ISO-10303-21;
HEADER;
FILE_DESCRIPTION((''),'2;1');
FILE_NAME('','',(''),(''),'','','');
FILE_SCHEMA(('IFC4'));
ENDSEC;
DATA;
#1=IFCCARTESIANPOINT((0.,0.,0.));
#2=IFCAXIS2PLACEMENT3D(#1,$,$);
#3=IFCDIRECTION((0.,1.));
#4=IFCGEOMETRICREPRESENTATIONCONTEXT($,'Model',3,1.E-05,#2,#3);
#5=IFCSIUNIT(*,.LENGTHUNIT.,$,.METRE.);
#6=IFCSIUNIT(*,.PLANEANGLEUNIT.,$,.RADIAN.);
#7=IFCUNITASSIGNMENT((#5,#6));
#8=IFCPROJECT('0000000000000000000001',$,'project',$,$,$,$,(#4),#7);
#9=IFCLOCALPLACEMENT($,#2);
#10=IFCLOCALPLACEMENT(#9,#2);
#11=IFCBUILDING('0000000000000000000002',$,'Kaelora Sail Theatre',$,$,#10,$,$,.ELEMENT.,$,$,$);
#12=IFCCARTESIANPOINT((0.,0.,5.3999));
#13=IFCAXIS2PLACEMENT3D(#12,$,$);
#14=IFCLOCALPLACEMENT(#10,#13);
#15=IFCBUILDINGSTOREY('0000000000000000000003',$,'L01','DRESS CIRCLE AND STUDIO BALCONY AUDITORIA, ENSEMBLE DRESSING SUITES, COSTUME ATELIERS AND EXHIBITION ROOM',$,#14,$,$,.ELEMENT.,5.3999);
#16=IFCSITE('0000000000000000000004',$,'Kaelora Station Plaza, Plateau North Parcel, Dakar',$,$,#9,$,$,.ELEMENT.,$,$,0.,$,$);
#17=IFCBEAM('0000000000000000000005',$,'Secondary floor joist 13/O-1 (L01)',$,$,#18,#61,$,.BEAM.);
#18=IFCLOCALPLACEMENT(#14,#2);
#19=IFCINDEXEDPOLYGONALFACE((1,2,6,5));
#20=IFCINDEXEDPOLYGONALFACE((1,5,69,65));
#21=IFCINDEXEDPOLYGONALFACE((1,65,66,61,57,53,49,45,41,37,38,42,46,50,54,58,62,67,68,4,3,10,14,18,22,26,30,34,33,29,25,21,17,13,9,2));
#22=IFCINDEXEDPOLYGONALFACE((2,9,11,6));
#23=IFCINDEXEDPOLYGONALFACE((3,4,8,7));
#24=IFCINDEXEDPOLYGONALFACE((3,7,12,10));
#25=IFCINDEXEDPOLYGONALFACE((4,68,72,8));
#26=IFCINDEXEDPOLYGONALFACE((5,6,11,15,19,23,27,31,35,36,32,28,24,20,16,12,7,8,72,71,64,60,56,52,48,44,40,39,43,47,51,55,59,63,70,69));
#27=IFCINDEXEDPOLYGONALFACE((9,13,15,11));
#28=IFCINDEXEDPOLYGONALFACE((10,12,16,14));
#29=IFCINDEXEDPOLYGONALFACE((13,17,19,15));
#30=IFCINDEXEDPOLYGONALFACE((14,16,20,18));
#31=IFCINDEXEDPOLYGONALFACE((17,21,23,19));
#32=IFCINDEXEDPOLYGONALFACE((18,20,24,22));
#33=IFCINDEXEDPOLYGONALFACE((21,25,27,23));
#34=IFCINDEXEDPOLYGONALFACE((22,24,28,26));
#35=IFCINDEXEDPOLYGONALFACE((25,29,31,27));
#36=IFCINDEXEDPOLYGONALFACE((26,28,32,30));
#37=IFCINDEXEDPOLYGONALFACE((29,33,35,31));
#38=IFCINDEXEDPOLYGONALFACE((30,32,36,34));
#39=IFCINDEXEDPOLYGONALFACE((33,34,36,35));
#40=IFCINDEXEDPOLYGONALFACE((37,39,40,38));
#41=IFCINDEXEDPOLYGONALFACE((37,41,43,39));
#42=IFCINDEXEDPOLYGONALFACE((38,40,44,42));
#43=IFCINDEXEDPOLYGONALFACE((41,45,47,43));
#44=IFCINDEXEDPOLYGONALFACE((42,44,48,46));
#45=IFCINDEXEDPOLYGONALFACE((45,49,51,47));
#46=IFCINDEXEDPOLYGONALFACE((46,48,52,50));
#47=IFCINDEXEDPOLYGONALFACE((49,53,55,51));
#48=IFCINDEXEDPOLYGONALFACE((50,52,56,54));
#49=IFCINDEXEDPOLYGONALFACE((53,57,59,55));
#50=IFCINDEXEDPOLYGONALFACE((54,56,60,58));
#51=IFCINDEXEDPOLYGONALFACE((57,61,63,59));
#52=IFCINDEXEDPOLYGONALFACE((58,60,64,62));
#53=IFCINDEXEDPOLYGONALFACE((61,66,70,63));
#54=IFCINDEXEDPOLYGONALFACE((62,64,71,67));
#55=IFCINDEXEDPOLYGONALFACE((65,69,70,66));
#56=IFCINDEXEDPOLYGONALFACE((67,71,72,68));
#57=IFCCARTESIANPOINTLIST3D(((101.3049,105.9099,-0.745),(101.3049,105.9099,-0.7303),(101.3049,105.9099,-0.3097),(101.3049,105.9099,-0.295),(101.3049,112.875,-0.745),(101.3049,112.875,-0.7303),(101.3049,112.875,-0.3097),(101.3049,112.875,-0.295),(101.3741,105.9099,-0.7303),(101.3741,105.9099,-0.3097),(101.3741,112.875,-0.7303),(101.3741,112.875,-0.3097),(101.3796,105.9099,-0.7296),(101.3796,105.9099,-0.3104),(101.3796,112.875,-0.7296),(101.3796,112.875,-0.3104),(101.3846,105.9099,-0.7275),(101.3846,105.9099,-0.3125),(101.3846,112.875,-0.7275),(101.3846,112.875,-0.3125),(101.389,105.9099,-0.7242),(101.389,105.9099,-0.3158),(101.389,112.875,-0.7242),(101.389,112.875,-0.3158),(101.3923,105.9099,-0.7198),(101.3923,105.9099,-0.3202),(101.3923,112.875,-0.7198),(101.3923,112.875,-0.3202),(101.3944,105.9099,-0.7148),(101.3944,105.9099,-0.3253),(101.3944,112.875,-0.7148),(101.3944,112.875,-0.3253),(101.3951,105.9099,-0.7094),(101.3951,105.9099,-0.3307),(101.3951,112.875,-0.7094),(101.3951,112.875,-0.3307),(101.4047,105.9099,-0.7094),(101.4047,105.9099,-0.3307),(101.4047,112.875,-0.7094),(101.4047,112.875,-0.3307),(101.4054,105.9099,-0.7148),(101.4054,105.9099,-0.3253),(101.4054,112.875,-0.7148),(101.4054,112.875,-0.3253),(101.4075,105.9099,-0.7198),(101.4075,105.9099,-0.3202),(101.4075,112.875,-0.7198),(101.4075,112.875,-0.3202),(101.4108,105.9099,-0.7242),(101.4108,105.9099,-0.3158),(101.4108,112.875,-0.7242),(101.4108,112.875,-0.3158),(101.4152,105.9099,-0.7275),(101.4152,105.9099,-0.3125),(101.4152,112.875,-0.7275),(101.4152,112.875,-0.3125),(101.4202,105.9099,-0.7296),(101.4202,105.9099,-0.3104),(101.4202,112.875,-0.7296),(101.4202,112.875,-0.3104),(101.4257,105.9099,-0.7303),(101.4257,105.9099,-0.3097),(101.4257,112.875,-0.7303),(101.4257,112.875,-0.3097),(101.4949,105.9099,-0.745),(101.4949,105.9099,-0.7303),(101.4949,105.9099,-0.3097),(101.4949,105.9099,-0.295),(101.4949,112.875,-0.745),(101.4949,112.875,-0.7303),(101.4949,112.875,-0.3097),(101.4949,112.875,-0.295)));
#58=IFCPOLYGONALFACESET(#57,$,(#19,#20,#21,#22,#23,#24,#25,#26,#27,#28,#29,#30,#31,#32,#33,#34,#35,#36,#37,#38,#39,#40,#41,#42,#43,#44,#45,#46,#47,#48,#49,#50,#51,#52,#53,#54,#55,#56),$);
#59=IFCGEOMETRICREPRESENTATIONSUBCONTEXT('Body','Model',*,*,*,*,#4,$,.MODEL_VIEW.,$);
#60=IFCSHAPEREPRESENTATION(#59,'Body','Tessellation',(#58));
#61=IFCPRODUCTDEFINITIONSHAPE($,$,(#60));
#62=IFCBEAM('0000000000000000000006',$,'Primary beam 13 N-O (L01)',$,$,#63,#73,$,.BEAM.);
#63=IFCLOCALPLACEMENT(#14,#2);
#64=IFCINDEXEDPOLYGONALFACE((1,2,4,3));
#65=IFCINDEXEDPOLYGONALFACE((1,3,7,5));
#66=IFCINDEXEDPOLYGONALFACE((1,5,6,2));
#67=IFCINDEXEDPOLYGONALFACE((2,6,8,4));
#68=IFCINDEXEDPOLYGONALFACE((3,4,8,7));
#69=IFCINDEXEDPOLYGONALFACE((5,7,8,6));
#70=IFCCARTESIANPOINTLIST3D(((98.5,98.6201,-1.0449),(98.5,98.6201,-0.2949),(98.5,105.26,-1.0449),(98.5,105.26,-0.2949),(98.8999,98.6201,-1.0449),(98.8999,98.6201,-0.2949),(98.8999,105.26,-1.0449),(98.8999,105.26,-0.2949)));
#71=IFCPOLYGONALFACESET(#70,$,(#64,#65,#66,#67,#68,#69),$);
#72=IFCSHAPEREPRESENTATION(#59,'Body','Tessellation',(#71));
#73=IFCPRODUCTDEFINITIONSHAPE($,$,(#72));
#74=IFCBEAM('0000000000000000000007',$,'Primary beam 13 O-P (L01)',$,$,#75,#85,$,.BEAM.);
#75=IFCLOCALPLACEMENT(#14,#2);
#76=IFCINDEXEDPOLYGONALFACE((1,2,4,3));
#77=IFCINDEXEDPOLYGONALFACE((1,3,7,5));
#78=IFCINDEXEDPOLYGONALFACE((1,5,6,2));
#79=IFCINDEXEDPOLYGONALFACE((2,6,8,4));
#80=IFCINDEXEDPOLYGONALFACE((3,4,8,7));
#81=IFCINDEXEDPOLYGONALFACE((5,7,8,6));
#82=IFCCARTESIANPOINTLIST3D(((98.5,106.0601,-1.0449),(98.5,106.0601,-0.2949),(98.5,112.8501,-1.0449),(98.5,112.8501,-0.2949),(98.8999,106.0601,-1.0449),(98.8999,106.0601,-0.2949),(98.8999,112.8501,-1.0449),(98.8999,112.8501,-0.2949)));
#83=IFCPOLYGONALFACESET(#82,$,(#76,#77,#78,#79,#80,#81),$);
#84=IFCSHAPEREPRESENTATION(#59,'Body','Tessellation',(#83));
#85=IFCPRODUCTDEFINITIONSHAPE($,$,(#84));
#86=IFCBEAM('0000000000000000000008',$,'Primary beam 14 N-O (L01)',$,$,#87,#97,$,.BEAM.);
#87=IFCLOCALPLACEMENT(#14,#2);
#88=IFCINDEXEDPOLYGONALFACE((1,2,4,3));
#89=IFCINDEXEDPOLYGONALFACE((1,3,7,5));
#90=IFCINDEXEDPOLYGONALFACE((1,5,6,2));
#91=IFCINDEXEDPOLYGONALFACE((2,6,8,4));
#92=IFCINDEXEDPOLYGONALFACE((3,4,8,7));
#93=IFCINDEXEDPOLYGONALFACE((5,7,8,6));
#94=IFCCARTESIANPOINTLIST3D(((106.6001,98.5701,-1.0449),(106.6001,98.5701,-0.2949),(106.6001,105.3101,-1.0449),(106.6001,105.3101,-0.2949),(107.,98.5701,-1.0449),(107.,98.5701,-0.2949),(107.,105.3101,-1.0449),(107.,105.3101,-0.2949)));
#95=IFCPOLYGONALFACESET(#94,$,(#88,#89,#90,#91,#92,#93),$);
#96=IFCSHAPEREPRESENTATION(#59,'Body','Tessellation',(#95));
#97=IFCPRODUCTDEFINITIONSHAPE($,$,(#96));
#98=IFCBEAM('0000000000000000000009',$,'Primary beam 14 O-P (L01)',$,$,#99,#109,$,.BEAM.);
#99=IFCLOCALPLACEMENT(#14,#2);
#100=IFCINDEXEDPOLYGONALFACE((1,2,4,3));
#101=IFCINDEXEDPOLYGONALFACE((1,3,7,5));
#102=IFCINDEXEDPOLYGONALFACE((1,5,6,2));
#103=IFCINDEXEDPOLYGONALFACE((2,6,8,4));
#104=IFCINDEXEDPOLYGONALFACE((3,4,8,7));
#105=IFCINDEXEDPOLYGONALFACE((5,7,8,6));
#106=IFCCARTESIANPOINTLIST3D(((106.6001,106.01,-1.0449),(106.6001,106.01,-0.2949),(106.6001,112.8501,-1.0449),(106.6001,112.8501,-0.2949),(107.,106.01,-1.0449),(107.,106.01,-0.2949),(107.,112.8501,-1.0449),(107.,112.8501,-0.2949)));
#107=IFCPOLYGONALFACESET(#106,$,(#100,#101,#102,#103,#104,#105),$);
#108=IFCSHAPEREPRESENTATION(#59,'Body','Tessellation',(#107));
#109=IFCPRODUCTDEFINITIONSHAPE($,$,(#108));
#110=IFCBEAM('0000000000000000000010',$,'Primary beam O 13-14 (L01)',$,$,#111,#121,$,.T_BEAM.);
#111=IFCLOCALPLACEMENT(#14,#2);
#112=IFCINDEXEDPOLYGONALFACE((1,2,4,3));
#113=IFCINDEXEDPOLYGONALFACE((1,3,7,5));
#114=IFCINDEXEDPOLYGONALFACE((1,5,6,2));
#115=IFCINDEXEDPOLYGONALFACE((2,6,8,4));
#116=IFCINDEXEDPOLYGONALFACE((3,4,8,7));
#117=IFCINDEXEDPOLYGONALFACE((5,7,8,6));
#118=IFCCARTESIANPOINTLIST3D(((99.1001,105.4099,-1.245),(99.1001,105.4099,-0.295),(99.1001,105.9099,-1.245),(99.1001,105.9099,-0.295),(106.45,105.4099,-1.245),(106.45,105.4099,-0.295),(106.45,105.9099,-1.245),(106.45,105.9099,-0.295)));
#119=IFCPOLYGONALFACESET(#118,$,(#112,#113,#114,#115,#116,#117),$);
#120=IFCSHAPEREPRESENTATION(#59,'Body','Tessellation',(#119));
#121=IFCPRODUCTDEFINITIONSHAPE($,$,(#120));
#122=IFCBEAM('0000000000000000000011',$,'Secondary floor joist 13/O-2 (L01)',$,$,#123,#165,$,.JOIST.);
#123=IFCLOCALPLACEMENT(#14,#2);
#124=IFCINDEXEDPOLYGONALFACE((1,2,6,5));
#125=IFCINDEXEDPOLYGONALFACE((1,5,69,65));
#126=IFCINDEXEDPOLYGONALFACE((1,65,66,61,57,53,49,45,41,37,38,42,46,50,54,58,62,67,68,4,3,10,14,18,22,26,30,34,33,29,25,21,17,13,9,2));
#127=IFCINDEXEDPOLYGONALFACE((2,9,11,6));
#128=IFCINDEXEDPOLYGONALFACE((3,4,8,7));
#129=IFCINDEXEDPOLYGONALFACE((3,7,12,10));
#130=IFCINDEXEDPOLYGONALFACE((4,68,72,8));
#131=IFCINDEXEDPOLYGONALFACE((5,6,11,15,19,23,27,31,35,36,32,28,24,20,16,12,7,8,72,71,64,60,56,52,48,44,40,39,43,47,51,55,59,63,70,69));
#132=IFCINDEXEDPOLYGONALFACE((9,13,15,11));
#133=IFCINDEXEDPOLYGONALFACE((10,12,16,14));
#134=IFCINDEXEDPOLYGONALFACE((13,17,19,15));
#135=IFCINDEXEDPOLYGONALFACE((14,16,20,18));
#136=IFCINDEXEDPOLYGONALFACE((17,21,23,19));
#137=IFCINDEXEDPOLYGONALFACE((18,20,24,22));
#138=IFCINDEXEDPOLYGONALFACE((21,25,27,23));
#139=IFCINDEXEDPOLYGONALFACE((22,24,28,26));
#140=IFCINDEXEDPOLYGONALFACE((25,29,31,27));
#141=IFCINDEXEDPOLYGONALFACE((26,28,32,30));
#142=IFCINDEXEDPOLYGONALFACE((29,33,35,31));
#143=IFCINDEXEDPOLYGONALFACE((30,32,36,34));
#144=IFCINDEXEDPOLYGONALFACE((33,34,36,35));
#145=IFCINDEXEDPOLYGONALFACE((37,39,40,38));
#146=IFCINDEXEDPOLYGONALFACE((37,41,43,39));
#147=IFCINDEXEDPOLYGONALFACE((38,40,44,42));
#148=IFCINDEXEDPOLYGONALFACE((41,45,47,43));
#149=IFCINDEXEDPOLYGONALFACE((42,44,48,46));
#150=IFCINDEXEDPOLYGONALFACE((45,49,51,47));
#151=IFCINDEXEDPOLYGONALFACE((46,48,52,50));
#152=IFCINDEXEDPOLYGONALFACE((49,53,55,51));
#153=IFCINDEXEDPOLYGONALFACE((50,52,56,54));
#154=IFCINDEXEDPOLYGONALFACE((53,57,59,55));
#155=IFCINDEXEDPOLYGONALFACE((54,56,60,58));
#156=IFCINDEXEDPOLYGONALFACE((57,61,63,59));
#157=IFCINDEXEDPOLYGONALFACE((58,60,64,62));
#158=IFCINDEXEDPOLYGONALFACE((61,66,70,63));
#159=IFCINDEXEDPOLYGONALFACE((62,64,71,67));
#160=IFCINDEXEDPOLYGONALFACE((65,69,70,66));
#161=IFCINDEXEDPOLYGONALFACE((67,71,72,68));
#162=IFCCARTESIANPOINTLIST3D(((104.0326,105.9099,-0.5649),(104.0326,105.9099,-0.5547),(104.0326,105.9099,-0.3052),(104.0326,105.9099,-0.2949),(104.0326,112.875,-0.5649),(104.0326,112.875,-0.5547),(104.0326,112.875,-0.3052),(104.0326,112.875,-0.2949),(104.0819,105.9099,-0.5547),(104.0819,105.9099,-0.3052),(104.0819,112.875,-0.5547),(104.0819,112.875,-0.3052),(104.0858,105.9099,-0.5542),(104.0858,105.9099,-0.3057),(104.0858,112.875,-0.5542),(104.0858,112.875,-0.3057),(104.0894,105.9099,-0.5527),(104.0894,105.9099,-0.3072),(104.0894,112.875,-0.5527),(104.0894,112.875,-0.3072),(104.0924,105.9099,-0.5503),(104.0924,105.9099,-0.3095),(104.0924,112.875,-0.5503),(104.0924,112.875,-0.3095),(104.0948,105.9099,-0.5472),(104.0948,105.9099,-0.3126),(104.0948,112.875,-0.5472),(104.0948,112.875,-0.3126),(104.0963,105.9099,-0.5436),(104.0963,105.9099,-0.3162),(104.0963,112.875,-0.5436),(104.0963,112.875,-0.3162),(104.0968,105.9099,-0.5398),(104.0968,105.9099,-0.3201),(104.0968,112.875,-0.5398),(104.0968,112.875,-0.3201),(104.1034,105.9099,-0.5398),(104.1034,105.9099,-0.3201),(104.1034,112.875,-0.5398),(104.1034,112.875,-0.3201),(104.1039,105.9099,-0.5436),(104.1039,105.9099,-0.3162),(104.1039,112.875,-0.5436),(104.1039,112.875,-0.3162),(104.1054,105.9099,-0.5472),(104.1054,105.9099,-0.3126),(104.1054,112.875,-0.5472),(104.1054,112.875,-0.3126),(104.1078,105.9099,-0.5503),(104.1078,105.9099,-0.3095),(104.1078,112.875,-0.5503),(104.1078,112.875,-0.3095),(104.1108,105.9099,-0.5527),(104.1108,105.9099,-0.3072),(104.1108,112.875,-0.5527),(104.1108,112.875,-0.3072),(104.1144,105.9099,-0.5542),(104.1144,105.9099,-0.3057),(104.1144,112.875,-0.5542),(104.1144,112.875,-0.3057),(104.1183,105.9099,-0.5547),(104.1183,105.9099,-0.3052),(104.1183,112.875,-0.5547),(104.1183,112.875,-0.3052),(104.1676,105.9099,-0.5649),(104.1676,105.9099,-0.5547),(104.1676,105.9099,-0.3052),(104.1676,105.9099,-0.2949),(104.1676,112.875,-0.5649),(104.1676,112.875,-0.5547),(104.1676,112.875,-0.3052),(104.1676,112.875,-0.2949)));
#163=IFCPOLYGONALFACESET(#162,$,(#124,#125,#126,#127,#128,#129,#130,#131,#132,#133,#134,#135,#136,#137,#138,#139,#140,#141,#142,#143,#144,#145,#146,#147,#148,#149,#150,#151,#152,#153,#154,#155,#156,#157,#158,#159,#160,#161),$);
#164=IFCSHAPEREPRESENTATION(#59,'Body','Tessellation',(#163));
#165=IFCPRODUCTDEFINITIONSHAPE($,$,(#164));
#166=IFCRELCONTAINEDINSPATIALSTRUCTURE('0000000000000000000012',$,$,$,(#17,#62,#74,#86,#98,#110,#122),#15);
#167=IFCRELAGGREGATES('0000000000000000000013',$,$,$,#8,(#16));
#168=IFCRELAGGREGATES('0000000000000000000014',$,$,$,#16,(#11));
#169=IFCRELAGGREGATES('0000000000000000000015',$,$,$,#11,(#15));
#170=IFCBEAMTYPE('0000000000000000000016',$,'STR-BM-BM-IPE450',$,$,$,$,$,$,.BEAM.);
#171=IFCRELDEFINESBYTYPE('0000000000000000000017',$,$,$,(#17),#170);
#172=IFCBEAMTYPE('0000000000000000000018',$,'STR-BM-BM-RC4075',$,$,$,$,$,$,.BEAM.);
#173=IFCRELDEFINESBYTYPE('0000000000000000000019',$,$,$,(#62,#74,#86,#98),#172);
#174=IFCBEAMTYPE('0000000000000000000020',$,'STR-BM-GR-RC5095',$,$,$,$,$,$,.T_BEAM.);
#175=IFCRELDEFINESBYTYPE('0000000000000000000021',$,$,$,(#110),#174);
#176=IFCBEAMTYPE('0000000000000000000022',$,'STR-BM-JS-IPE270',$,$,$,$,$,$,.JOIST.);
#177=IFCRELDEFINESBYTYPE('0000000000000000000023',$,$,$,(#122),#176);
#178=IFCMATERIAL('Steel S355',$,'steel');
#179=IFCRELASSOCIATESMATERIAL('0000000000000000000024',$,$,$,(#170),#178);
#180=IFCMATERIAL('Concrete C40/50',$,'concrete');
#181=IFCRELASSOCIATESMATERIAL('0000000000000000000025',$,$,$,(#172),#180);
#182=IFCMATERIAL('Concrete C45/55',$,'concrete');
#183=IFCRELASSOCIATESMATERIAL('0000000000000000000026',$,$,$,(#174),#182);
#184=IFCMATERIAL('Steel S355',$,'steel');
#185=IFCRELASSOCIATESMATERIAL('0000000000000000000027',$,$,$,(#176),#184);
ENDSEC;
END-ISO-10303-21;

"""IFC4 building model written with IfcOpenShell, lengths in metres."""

from ifc_helpers import new_model, si_unit, direction, frame, origin, origin_2d, place, context, subcontext, project, spatial, rectangle, i_section, extrude, material, material_profile, profile_set, type_object, element, save


model = new_model("IFC4")

# Units and contexts
model_context = context("Model", 3, precision=1e-05, world=origin(), true_north=direction((0.0, 1.0)))
body_context = subcontext(model_context, "Body", "Model", "MODEL_VIEW")
ifc_project = project(units=[si_unit("LENGTHUNIT", "METRE"), si_unit("PLANEANGLEUNIT", "RADIAN")], contexts=[model_context])

# Site, building, storey
site_placement = place(None, origin())
site = spatial("IfcSite", under=ifc_project, at=site_placement, Name="Kaelora Station Plaza, Plateau North Parcel, Dakar", CompositionType="ELEMENT", RefElevation=0.0)
building_placement = place(site_placement, origin())
building = spatial("IfcBuilding", under=site, at=building_placement, Name="Kaelora Sail Theatre", CompositionType="ELEMENT")
storey_placement = place(building_placement, frame((0.0, 0.0, 5.3999)))
storey = spatial("IfcBuildingStorey", under=building, at=storey_placement, Name="L01", Description="DRESS CIRCLE AND STUDIO BALCONY AUDITORIA, ENSEMBLE DRESSING SUITES, COSTUME ATELIERS AND EXHIBITION ROOM", CompositionType="ELEMENT", Elevation=5.3999)

# Beams
ifc_material_1 = material(Name="Steel S355", Category="steel")
ifc_material_profile_1 = material_profile(ifc_material_1, i_section(OverallWidth=0.1899, OverallDepth=0.45, WebThickness=0.0095, FlangeThickness=0.0146, FilletRadius=0.021, at=origin_2d()), Name="IPE 450")
ifc_profile_set_1 = profile_set([ifc_material_profile_1], Name="Steel S355")
beam_type_1 = type_object("IfcBeamType", Name="STR-BM-BM-IPE450", PredefinedType="BEAM", material=ifc_profile_set_1)
beam_1_placement = place(storey_placement, frame((101.3999, 105.9099, -0.52), z_axis=(0.0, 1.0, 0.0), x_axis=(-1.0, 0.0, 0.0)))
element("IfcBeam", 1, at=beam_1_placement, inside=storey, type_object=beam_type_1, Name="Secondary floor joist 13/O-1 (L01)", PredefinedType="BEAM", context=body_context, shape_type="SweptSolid", body=[
    extrude(i_section(OverallWidth=0.1899, OverallDepth=0.45, WebThickness=0.0095, FlangeThickness=0.0146, FilletRadius=0.021, at=origin_2d()), origin(), (0.0, 0.0, 1.0), 6.9651),
])
ifc_material_2 = material(Name="Concrete C40/50", Category="concrete")
ifc_material_profile_2 = material_profile(ifc_material_2, rectangle(XDim=0.3999, YDim=0.75, at=origin_2d()), Name="RC-BM 400x750")
ifc_profile_set_2 = profile_set([ifc_material_profile_2], Name="Concrete C40/50")
beam_type_2 = type_object("IfcBeamType", Name="STR-BM-BM-RC4075", PredefinedType="BEAM", material=ifc_profile_set_2)
beam_2_placement = place(storey_placement, frame((98.7, 98.6201, -0.6699), z_axis=(0.0, 1.0, 0.0), x_axis=(-1.0, 0.0, 0.0)))
element("IfcBeam", 2, at=beam_2_placement, inside=storey, type_object=beam_type_2, Name="Primary beam 13 N-O (L01)", PredefinedType="BEAM", context=body_context, shape_type="SweptSolid", body=[
    extrude(rectangle(XDim=0.3999, YDim=0.75, at=origin_2d()), origin(), (0.0, 0.0, 1.0), 6.6399),
])
beam_3_placement = place(storey_placement, frame((98.7, 106.0601, -0.6699), z_axis=(0.0, 1.0, 0.0), x_axis=(-1.0, 0.0, 0.0)))
element("IfcBeam", 3, at=beam_3_placement, inside=storey, type_object=beam_type_2, Name="Primary beam 13 O-P (L01)", PredefinedType="BEAM", context=body_context, shape_type="SweptSolid", body=[
    extrude(rectangle(XDim=0.3999, YDim=0.75, at=origin_2d()), origin(), (0.0, 0.0, 1.0), 6.79),
])
beam_4_placement = place(storey_placement, frame((106.8, 98.5701, -0.6699), z_axis=(0.0, 1.0, 0.0), x_axis=(-1.0, 0.0, 0.0)))
element("IfcBeam", 4, at=beam_4_placement, inside=storey, type_object=beam_type_2, Name="Primary beam 14 N-O (L01)", PredefinedType="BEAM", context=body_context, shape_type="SweptSolid", body=[
    extrude(rectangle(XDim=0.3999, YDim=0.75, at=origin_2d()), origin(), (0.0, 0.0, 1.0), 6.74),
])
beam_5_placement = place(storey_placement, frame((106.8, 106.01, -0.6699), z_axis=(0.0, 1.0, 0.0), x_axis=(-1.0, 0.0, 0.0)))
element("IfcBeam", 5, at=beam_5_placement, inside=storey, type_object=beam_type_2, Name="Primary beam 14 O-P (L01)", PredefinedType="BEAM", context=body_context, shape_type="SweptSolid", body=[
    extrude(rectangle(XDim=0.3999, YDim=0.75, at=origin_2d()), origin(), (0.0, 0.0, 1.0), 6.8401),
])
ifc_material_3 = material(Name="Concrete C45/55", Category="concrete")
ifc_material_profile_3 = material_profile(ifc_material_3, rectangle(XDim=0.5, YDim=0.95, at=origin_2d()), Name="RC-GRD 500x950")
ifc_profile_set_3 = profile_set([ifc_material_profile_3], Name="Concrete C45/55")
beam_type_3 = type_object("IfcBeamType", Name="STR-BM-GR-RC5095", PredefinedType="T_BEAM", material=ifc_profile_set_3)
beam_6_placement = place(storey_placement, frame((99.1001, 105.6599, -0.77), z_axis=(1.0, 0.0, 0.0), x_axis=(0.0, 1.0, 0.0)))
element("IfcBeam", 6, at=beam_6_placement, inside=storey, type_object=beam_type_3, Name="Primary beam O 13-14 (L01)", PredefinedType="T_BEAM", context=body_context, shape_type="SweptSolid", body=[
    extrude(rectangle(XDim=0.5, YDim=0.95, at=origin_2d()), origin(), (0.0, 0.0, 1.0), 7.3499),
])
ifc_material_4 = material(Name="Steel S355", Category="steel")
ifc_material_profile_4 = material_profile(ifc_material_4, i_section(OverallWidth=0.135, OverallDepth=0.27, WebThickness=0.0066, FlangeThickness=0.0103, FilletRadius=0.0149, at=origin_2d()), Name="IPE 270")
ifc_profile_set_4 = profile_set([ifc_material_profile_4], Name="Steel S355")
beam_type_4 = type_object("IfcBeamType", Name="STR-BM-JS-IPE270", PredefinedType="JOIST", material=ifc_profile_set_4)
beam_7_placement = place(storey_placement, frame((104.1001, 105.9099, -0.4299), z_axis=(0.0, 1.0, 0.0), x_axis=(-1.0, 0.0, 0.0)))
element("IfcBeam", 7, at=beam_7_placement, inside=storey, type_object=beam_type_4, Name="Secondary floor joist 13/O-2 (L01)", PredefinedType="JOIST", context=body_context, shape_type="SweptSolid", body=[
    extrude(i_section(OverallWidth=0.135, OverallDepth=0.27, WebThickness=0.0066, FlangeThickness=0.0103, FilletRadius=0.0149, at=origin_2d()), origin(), (0.0, 0.0, 1.0), 6.9651),
])

save(model, "model.ifc")
